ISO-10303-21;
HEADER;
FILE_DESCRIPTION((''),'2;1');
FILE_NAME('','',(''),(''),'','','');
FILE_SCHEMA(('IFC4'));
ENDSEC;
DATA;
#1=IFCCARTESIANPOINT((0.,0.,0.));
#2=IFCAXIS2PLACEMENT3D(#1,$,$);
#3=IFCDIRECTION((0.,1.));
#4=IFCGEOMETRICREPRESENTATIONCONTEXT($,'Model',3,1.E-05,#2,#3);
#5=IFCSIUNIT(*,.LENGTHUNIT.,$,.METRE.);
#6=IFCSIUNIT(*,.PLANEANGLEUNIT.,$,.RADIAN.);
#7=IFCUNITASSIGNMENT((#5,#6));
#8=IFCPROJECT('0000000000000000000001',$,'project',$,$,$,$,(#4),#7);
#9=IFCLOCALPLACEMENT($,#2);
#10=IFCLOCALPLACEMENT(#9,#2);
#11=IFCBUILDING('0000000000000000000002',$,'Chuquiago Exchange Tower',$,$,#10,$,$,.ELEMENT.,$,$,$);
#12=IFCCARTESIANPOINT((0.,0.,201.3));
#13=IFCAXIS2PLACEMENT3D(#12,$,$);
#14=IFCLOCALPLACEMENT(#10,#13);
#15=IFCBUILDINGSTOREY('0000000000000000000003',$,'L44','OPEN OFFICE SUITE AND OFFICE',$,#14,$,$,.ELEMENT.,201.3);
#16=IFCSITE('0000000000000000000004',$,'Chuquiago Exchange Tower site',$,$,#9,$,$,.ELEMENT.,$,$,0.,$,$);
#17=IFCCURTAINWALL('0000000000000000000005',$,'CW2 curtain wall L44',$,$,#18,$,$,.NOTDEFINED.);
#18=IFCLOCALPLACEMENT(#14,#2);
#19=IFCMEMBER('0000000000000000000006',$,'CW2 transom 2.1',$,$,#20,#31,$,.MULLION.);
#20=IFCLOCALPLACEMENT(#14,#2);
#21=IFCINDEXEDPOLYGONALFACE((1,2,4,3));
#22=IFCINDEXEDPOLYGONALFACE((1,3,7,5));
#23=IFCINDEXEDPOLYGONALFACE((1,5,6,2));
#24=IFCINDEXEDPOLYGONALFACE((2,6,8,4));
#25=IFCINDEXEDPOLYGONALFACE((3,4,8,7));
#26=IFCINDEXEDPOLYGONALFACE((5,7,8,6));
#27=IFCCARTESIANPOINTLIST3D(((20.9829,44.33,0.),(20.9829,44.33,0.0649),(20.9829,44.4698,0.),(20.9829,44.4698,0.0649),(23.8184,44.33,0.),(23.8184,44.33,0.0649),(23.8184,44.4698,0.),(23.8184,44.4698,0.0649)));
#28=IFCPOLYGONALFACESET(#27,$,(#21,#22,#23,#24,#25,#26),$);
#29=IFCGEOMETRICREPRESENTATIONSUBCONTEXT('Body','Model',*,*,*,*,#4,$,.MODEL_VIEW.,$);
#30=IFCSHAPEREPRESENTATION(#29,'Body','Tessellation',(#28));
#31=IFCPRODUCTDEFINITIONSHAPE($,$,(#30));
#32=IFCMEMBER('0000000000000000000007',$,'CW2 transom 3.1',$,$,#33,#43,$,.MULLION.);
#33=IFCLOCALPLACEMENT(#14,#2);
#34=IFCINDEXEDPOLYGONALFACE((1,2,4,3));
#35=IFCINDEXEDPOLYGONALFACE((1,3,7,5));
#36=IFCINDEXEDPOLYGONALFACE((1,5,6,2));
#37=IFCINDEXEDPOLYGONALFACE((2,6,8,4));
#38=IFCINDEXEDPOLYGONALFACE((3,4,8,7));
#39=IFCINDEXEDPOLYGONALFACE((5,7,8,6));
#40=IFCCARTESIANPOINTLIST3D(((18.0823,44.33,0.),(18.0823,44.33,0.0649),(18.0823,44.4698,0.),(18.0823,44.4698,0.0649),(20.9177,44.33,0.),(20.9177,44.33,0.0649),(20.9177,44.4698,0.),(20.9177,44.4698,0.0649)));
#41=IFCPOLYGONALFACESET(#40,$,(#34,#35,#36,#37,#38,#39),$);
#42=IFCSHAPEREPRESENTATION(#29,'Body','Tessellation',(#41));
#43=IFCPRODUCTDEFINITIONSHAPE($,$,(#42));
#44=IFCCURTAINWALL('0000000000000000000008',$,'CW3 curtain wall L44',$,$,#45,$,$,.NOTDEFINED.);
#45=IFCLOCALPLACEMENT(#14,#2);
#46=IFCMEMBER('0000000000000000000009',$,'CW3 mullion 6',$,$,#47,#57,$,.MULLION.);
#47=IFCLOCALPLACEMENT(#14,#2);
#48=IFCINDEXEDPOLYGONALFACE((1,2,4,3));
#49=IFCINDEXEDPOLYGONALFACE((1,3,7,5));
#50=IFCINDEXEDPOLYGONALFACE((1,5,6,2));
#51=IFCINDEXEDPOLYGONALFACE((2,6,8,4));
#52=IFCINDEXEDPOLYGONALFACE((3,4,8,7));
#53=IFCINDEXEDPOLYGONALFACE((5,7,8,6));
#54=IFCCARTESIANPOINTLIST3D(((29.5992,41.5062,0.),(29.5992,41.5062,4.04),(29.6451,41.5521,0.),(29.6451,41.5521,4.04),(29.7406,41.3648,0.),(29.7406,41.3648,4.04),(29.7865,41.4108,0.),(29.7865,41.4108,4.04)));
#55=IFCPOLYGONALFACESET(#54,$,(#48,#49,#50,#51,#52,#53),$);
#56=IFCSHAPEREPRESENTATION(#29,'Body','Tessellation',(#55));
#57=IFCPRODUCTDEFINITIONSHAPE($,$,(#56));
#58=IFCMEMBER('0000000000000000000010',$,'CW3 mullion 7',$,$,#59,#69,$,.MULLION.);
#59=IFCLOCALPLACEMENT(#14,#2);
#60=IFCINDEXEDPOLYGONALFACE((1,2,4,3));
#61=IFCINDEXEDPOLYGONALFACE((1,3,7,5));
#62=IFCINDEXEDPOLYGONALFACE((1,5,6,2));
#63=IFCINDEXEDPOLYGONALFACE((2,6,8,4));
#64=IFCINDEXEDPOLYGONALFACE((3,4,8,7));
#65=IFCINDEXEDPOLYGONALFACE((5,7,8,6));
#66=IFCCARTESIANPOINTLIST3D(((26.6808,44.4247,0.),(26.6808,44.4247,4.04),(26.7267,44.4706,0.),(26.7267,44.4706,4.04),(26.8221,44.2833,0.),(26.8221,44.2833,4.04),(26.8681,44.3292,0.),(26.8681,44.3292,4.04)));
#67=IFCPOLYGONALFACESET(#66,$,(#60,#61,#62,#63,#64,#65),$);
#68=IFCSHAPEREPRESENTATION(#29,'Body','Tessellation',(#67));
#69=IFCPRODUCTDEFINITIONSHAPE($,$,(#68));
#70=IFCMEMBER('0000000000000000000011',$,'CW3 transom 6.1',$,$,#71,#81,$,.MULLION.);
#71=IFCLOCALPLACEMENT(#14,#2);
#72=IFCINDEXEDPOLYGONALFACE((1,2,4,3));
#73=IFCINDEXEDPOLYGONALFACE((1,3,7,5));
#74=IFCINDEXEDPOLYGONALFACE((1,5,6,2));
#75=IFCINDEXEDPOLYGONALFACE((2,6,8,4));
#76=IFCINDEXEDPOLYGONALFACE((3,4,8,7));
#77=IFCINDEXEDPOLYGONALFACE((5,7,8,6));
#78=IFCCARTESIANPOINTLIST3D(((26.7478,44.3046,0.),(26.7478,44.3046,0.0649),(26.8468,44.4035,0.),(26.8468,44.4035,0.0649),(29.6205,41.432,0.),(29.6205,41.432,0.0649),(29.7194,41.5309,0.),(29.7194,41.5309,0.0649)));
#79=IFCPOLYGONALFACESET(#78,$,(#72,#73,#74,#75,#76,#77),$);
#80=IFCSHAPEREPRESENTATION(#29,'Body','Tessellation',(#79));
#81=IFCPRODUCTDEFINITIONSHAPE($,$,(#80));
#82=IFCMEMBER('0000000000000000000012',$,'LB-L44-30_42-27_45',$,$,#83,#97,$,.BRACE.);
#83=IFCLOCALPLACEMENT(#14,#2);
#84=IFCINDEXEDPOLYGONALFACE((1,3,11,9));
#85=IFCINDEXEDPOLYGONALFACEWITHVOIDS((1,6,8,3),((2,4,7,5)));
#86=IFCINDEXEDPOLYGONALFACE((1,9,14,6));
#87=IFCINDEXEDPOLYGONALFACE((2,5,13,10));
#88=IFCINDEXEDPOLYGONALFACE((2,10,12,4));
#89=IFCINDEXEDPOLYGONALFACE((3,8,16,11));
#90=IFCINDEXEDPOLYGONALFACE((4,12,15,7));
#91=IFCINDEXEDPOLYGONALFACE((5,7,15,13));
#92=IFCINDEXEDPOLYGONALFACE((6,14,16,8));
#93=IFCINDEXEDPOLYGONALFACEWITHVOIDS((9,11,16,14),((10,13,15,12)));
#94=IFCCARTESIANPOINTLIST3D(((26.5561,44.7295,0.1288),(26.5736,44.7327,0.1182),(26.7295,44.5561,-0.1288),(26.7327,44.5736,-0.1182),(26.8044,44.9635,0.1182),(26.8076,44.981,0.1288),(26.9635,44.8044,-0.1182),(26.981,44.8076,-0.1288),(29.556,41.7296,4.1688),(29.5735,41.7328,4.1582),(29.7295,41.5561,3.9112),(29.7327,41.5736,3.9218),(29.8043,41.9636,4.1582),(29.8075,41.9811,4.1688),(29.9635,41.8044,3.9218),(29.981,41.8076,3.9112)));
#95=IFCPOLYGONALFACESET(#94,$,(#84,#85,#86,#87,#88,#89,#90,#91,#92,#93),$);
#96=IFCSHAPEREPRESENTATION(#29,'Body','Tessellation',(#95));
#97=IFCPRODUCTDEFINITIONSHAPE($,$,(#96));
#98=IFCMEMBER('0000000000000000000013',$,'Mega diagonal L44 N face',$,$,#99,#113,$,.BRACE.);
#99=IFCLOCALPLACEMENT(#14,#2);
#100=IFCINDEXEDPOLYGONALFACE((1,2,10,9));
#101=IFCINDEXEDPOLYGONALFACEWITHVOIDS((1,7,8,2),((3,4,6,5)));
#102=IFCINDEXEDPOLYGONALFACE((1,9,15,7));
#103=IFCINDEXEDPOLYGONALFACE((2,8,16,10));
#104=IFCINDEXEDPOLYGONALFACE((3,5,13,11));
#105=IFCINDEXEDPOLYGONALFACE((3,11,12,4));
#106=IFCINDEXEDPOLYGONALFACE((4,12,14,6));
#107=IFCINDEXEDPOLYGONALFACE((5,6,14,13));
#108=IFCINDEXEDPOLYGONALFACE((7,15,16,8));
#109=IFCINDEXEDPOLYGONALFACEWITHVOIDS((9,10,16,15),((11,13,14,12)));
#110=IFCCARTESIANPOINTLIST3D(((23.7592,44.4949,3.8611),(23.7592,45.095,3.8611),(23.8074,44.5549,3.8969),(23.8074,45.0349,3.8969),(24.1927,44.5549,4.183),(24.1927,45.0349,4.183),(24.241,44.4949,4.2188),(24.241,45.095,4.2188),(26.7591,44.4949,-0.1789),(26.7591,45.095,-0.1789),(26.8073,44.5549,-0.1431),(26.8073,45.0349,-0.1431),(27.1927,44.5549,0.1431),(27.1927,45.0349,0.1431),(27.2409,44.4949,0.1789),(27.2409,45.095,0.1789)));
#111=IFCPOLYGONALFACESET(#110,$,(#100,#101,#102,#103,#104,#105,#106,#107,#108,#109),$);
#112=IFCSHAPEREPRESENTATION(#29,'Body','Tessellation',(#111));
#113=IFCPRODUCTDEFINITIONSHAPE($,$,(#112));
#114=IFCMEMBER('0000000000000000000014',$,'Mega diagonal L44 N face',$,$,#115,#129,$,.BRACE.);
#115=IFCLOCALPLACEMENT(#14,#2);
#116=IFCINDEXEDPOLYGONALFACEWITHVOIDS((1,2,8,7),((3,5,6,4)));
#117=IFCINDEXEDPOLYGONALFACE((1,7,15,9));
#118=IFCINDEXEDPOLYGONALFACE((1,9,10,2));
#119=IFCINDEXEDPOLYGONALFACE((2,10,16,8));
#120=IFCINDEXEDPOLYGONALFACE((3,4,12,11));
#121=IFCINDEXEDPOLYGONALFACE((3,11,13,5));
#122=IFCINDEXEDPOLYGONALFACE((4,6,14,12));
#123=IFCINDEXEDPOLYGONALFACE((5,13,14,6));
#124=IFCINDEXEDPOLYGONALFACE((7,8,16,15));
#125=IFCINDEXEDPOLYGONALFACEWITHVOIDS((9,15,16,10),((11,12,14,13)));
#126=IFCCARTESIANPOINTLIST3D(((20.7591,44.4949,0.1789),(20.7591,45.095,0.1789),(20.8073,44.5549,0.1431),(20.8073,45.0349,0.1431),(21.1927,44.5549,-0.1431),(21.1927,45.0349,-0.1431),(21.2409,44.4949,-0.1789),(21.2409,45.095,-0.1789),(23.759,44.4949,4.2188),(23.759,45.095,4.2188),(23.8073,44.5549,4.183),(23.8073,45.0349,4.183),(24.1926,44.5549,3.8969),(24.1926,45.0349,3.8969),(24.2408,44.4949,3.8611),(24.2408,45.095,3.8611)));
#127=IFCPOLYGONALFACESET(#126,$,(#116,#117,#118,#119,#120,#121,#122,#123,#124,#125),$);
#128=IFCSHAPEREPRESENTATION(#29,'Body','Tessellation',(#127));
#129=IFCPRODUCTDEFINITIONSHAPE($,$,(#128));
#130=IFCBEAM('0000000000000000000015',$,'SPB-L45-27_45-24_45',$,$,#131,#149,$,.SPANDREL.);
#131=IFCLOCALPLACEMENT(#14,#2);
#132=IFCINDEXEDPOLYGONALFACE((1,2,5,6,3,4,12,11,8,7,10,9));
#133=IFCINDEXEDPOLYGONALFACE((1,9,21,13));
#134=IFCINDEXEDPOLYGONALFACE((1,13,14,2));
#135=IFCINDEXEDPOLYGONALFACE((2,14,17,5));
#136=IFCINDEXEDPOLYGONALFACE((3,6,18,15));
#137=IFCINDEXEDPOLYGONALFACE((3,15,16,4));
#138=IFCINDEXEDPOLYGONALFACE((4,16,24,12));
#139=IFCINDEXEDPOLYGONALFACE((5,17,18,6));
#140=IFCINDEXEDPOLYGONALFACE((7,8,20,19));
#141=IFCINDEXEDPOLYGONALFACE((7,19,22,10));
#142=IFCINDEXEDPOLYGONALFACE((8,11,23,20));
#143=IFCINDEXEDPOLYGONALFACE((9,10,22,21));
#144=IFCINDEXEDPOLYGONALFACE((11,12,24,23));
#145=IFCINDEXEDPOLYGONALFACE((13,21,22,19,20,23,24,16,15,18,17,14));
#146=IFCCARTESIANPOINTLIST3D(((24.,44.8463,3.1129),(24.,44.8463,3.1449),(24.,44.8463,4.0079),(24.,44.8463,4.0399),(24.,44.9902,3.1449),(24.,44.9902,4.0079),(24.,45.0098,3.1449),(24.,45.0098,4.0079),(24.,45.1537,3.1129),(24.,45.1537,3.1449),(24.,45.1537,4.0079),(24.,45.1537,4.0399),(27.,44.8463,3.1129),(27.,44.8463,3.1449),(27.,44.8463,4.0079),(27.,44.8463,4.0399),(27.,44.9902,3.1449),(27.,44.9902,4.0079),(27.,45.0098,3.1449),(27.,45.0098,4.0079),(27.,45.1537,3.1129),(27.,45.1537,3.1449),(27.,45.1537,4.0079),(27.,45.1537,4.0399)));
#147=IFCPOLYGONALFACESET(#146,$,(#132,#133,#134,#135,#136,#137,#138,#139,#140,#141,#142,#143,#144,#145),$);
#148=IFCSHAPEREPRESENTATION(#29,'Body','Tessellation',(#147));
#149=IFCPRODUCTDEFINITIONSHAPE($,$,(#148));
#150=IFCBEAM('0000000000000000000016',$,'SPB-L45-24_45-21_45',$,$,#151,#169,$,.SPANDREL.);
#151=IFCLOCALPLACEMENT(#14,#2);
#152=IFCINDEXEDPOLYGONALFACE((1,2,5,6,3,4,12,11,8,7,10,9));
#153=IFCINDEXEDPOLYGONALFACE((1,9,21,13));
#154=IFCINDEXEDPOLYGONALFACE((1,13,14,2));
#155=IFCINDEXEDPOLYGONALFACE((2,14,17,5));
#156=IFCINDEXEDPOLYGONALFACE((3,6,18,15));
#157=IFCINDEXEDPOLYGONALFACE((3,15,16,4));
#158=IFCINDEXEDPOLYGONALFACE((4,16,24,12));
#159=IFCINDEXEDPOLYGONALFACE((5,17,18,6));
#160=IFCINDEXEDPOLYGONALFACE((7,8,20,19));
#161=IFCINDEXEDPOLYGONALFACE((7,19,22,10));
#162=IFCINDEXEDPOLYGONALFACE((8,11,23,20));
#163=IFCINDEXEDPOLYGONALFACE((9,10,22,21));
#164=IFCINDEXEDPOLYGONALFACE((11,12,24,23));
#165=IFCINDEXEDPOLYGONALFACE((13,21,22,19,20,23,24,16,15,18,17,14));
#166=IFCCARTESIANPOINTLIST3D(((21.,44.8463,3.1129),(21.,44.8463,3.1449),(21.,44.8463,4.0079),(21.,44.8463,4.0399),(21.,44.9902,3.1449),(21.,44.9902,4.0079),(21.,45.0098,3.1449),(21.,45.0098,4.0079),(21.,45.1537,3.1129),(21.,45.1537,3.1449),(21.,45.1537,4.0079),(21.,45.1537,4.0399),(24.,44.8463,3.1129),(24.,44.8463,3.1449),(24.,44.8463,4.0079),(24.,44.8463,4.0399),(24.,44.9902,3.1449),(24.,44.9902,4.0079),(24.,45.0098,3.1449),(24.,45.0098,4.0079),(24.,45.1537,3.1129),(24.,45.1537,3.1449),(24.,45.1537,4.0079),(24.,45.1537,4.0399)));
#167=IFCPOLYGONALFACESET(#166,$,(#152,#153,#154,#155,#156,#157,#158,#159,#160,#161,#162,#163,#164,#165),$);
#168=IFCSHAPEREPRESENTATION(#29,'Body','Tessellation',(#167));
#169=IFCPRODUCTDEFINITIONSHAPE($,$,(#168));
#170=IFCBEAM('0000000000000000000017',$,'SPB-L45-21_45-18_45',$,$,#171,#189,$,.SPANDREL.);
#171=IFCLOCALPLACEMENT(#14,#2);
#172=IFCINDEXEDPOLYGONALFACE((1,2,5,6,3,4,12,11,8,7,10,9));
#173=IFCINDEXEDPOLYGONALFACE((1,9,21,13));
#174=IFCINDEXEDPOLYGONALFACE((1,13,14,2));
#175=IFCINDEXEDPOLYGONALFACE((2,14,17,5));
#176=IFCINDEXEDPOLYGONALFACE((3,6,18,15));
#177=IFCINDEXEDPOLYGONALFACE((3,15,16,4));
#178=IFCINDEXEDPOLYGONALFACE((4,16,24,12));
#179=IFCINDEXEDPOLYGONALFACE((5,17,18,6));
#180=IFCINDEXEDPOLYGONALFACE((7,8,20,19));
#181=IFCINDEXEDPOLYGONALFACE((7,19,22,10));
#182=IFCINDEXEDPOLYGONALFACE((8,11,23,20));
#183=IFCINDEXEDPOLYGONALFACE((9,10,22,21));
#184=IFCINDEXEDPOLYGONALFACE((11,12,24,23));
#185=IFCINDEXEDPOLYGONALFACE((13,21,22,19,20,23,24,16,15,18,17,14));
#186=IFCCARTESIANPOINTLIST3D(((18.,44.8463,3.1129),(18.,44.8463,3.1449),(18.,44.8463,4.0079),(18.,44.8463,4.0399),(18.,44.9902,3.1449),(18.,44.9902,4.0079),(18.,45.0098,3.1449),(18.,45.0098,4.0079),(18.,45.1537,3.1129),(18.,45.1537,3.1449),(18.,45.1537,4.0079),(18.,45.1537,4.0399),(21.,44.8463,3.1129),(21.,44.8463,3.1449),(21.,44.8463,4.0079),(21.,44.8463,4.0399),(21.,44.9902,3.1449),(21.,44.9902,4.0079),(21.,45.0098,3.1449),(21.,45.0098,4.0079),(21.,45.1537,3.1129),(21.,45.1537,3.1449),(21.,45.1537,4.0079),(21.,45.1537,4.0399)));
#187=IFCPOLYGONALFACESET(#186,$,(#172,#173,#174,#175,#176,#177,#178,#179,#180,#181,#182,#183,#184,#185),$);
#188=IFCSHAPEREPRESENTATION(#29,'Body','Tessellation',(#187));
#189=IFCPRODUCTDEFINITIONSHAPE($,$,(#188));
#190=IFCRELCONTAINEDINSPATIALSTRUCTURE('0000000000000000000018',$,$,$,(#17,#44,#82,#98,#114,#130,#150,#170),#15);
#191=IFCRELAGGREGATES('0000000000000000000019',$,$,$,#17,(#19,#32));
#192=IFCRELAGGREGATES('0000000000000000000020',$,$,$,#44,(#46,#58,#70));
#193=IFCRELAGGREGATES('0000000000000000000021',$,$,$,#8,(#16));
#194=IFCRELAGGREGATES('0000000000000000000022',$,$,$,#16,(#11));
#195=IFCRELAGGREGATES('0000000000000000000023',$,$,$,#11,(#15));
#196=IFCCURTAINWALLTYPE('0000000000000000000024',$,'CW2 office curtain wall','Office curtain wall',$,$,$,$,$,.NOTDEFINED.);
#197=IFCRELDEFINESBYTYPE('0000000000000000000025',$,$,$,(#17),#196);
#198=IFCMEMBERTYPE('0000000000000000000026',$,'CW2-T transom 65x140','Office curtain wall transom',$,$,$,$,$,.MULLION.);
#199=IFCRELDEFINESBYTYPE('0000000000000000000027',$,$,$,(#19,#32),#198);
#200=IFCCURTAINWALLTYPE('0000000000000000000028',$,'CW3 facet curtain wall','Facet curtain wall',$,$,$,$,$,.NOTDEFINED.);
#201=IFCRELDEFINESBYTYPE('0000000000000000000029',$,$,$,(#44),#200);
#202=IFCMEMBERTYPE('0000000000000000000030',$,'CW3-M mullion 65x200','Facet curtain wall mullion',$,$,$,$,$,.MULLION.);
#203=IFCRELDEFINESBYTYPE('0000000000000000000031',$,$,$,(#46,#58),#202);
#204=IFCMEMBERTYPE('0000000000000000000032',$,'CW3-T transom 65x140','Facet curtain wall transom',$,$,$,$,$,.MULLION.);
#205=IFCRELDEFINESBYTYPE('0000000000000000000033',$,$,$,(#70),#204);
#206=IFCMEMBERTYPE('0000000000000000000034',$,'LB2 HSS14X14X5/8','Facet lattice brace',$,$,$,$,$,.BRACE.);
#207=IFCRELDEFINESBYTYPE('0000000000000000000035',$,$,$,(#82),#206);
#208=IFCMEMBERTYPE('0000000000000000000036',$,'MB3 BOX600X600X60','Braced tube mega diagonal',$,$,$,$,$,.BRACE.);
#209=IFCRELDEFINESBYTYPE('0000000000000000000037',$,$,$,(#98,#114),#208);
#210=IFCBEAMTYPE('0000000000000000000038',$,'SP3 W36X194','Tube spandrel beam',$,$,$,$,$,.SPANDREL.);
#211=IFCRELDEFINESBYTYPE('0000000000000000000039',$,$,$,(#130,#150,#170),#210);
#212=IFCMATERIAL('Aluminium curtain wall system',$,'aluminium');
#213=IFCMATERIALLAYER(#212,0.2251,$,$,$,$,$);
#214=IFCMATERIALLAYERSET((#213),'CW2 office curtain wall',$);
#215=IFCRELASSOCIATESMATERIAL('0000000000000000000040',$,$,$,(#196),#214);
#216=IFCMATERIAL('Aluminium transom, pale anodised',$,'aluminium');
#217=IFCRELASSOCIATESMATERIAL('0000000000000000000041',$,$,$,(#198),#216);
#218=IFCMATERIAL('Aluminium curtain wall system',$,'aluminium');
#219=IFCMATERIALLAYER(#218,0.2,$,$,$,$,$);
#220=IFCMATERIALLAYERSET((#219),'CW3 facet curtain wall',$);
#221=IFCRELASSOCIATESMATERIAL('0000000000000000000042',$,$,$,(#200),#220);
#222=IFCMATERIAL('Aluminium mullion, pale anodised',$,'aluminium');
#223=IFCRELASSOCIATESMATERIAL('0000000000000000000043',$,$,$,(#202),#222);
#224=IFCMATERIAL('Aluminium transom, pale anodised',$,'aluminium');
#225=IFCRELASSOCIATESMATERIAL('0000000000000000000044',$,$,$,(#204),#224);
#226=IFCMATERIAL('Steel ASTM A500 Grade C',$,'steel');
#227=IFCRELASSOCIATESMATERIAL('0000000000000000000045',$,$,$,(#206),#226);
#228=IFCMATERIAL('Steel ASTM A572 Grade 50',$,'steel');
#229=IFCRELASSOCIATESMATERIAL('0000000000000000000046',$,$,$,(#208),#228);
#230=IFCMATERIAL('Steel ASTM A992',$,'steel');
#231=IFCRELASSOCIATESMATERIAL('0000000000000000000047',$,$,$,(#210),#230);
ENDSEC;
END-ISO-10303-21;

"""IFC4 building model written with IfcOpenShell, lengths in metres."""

from ifc_helpers import new_model, si_unit, direction, frame, origin, origin_2d, place, context, subcontext, project, spatial, rectangle, hollow_rectangle, i_section, extrude, material, layer, layer_set, material_profile, profile_set, type_object, element, aggregate, save


model = new_model("IFC4")

# Units and contexts
model_context = context("Model", 3, precision=1e-05, world=origin(), true_north=direction((0.0, 1.0)))
body_context = subcontext(model_context, "Body", "Model", "MODEL_VIEW")
ifc_project = project(units=[si_unit("LENGTHUNIT", "METRE"), si_unit("PLANEANGLEUNIT", "RADIAN")], contexts=[model_context])

# Site, building, storey
site_placement = place(None, origin())
site = spatial("IfcSite", under=ifc_project, at=site_placement, Name="Chuquiago Exchange Tower site", CompositionType="ELEMENT", RefElevation=0.0)
building_placement = place(site_placement, origin())
building = spatial("IfcBuilding", under=site, at=building_placement, Name="Chuquiago Exchange Tower", CompositionType="ELEMENT")
storey_placement = place(building_placement, frame((0.0, 0.0, 201.3)))
storey = spatial("IfcBuildingStorey", under=building, at=storey_placement, Name="L44", Description="OPEN OFFICE SUITE AND OFFICE", CompositionType="ELEMENT", Elevation=201.3)

# Curtain walls, members
ifc_material_1 = material(Name="Aluminium curtain wall system", Category="aluminium")
ifc_layer_1 = layer(ifc_material_1, 0.2251)
ifc_layer_set_1 = layer_set([ifc_layer_1], Name="CW2 office curtain wall")
curtain_wall_type_1 = type_object("IfcCurtainWallType", Name="CW2 office curtain wall", Description="Office curtain wall", PredefinedType="NOTDEFINED", material=ifc_layer_set_1)
curtain_wall_1_placement = place(storey_placement, origin())
curtain_wall_1 = element("IfcCurtainWall", 1, at=curtain_wall_1_placement, inside=storey, type_object=curtain_wall_type_1, Name="CW2 curtain wall L44", PredefinedType="NOTDEFINED")
ifc_material_2 = material(Name="Aluminium transom, pale anodised", Category="aluminium")
ifc_material_profile_1 = material_profile(ifc_material_2, rectangle(XDim=0.1399, YDim=0.0649, at=origin_2d()), Name="AL 140x65")
ifc_profile_set_1 = profile_set([ifc_material_profile_1], Name="Aluminium transom, pale anodised")
member_type_1 = type_object("IfcMemberType", Name="CW2-T transom 65x140", Description="Office curtain wall transom", PredefinedType="MULLION", material=ifc_profile_set_1)
member_1_placement = place(storey_placement, frame((23.8184, 44.3999, 0.0325), z_axis=(-1.0, 0.0, 0.0), x_axis=(0.0, -1.0, 0.0)))
member_1 = element("IfcMember", 2, at=member_1_placement, type_object=member_type_1, Name="CW2 transom 2.1", PredefinedType="MULLION", context=body_context, shape_type="SweptSolid", body=[
    extrude(rectangle(XDim=0.1399, YDim=0.0649, at=origin_2d()), origin(), (0.0, 0.0, 1.0), 2.8354),
])
member_2_placement = place(storey_placement, frame((20.9177, 44.3999, 0.0325), z_axis=(-1.0, 0.0, 0.0), x_axis=(0.0, -1.0, 0.0)))
member_2 = element("IfcMember", 3, at=member_2_placement, type_object=member_type_1, Name="CW2 transom 3.1", PredefinedType="MULLION", context=body_context, shape_type="SweptSolid", body=[
    extrude(rectangle(XDim=0.1399, YDim=0.0649, at=origin_2d()), origin(), (0.0, 0.0, 1.0), 2.8354),
])
ifc_material_3 = material(Name="Aluminium curtain wall system", Category="aluminium")
ifc_layer_2 = layer(ifc_material_3, 0.2)
ifc_layer_set_2 = layer_set([ifc_layer_2], Name="CW3 facet curtain wall")
curtain_wall_type_2 = type_object("IfcCurtainWallType", Name="CW3 facet curtain wall", Description="Facet curtain wall", PredefinedType="NOTDEFINED", material=ifc_layer_set_2)
curtain_wall_2_placement = place(storey_placement, origin())
curtain_wall_2 = element("IfcCurtainWall", 4, at=curtain_wall_2_placement, inside=storey, type_object=curtain_wall_type_2, Name="CW3 curtain wall L44", PredefinedType="NOTDEFINED")
ifc_material_4 = material(Name="Aluminium mullion, pale anodised", Category="aluminium")
ifc_material_profile_2 = material_profile(ifc_material_4, rectangle(XDim=0.0649, YDim=0.2, at=origin_2d()), Name="AL 65x200")
ifc_profile_set_2 = profile_set([ifc_material_profile_2], Name="Aluminium mullion, pale anodised")
member_type_2 = type_object("IfcMemberType", Name="CW3-M mullion 65x200", Description="Facet curtain wall mullion", PredefinedType="MULLION", material=ifc_profile_set_2)
member_3_placement = place(storey_placement, frame((29.6929, 41.4585, 0.0), z_axis=(0.0, 0.0, 1.0), x_axis=(-0.707107, -0.707107, 0.0)))
member_3 = element("IfcMember", 5, at=member_3_placement, type_object=member_type_2, Name="CW3 mullion 6", PredefinedType="MULLION", context=body_context, shape_type="SweptSolid", body=[
    extrude(rectangle(XDim=0.0649, YDim=0.2, at=origin_2d()), origin(), (0.0, 0.0, 1.0), 4.04),
])
member_4_placement = place(storey_placement, frame((26.7744, 44.377, 0.0), z_axis=(0.0, 0.0, 1.0), x_axis=(-0.707107, -0.707107, 0.0)))
member_4 = element("IfcMember", 6, at=member_4_placement, type_object=member_type_2, Name="CW3 mullion 7", PredefinedType="MULLION", context=body_context, shape_type="SweptSolid", body=[
    extrude(rectangle(XDim=0.0649, YDim=0.2, at=origin_2d()), origin(), (0.0, 0.0, 1.0), 4.04),
])
ifc_material_5 = material(Name="Aluminium transom, pale anodised", Category="aluminium")
ifc_material_profile_3 = material_profile(ifc_material_5, rectangle(XDim=0.1399, YDim=0.0649, at=origin_2d()), Name="AL 140x65")
ifc_profile_set_3 = profile_set([ifc_material_profile_3], Name="Aluminium transom, pale anodised")
member_type_3 = type_object("IfcMemberType", Name="CW3-T transom 65x140", Description="Facet curtain wall transom", PredefinedType="MULLION", material=ifc_profile_set_3)
member_5_placement = place(storey_placement, frame((29.6699, 41.4814, 0.0325), z_axis=(-0.707107, 0.707107, 0.0), x_axis=(-0.707107, -0.707107, 0.0)))
member_5 = element("IfcMember", 7, at=member_5_placement, type_object=member_type_3, Name="CW3 transom 6.1", PredefinedType="MULLION", context=body_context, shape_type="SweptSolid", body=[
    extrude(rectangle(XDim=0.1399, YDim=0.0649, at=origin_2d()), origin(), (0.0, 0.0, 1.0), 4.0625),
])

# Members
ifc_material_6 = material(Name="Steel ASTM A500 Grade C", Category="steel")
ifc_material_profile_4 = material_profile(ifc_material_6, hollow_rectangle(XDim=0.3557, YDim=0.3557, WallThickness=0.0146, at=origin_2d()), Name="HSS14X14X5/8")
ifc_profile_set_4 = profile_set([ifc_material_profile_4], Name="Steel ASTM A500 Grade C")
member_type_4 = type_object("IfcMemberType", Name="LB2 HSS14X14X5/8", Description="Facet lattice brace", PredefinedType="BRACE", material=ifc_profile_set_4)
member_6_placement = place(storey_placement, frame((26.7686, 44.7686, 0.0), z_axis=(0.512077, -0.512077, 0.689604), x_axis=(0.707107, 0.707107, 0.0)))
element("IfcMember", 8, at=member_6_placement, inside=storey, type_object=member_type_4, Name="LB-L44-30_42-27_45", PredefinedType="BRACE", context=body_context, shape_type="SweptSolid", body=[
    extrude(hollow_rectangle(XDim=0.3557, YDim=0.3557, WallThickness=0.0146, at=origin_2d()), origin(), (0.0, 0.0, 1.0), 5.8584),
])
ifc_material_7 = material(Name="Steel ASTM A572 Grade 50", Category="steel")
ifc_material_profile_5 = material_profile(ifc_material_7, hollow_rectangle(XDim=0.6001, YDim=0.6001, WallThickness=0.0601, at=origin_2d()), Name="BOX600X600X60")
ifc_profile_set_5 = profile_set([ifc_material_profile_5], Name="Steel ASTM A572 Grade 50")
member_type_5 = type_object("IfcMemberType", Name="MB3 BOX600X600X60", Description="Braced tube mega diagonal", PredefinedType="BRACE", material=ifc_profile_set_5)
for number, where, z_axis, x_axis, name in (
    (9, (27.0, 44.7949, 0.0), (-0.596174, 0.0, 0.802855), (0.0, -1.0, 0.0), "Mega diagonal L44 N face"),
    (10, (21.0, 44.7949, 0.0), (0.596174, 0.0, 0.802855), (0.0, 1.0, 0.0), "Mega diagonal L44 N face"),
):
    element("IfcMember", number, at=place(storey_placement, frame(where, z_axis=z_axis, x_axis=x_axis)), inside=storey, type_object=member_type_5, Name=name, PredefinedType="BRACE", context=body_context, shape_type="SweptSolid", body=[
        extrude(hollow_rectangle(XDim=0.6001, YDim=0.6001, WallThickness=0.0601, at=origin_2d()), origin(), (0.0, 0.0, 1.0), 5.032),
    ])

# Beams
ifc_material_8 = material(Name="Steel ASTM A992", Category="steel")
ifc_material_profile_6 = material_profile(ifc_material_8, i_section(OverallWidth=0.3074, OverallDepth=0.927, WebThickness=0.0195, FlangeThickness=0.032, at=origin_2d()), Name="W36X194")
ifc_profile_set_6 = profile_set([ifc_material_profile_6], Name="Steel ASTM A992")
beam_type_1 = type_object("IfcBeamType", Name="SP3 W36X194", Description="Tube spandrel beam", PredefinedType="SPANDREL", material=ifc_profile_set_6)
for number, where, z_axis, x_axis, name in (
    (11, (27.0, 45.0, 3.5764), (-1.0, 0.0, 0.0), (0.0, -1.0, 0.0), "SPB-L45-27_45-24_45"),
    (12, (24.0, 45.0, 3.5764), (-1.0, 0.0, 0.0), (0.0, -1.0, 0.0), "SPB-L45-24_45-21_45"),
    (13, (21.0, 45.0, 3.5764), (-1.0, 0.0, 0.0), (0.0, -1.0, 0.0), "SPB-L45-21_45-18_45"),
):
    element("IfcBeam", number, at=place(storey_placement, frame(where, z_axis=z_axis, x_axis=x_axis)), inside=storey, type_object=beam_type_1, Name=name, PredefinedType="SPANDREL", context=body_context, shape_type="SweptSolid", body=[
        extrude(i_section(OverallWidth=0.3074, OverallDepth=0.927, WebThickness=0.0195, FlangeThickness=0.032, at=origin_2d()), origin(), (0.0, 0.0, 1.0), 3.0),
    ])

aggregate(curtain_wall_1, [member_1, member_2])
aggregate(curtain_wall_2, [member_3, member_4, member_5])

save(model, "model.ifc")
